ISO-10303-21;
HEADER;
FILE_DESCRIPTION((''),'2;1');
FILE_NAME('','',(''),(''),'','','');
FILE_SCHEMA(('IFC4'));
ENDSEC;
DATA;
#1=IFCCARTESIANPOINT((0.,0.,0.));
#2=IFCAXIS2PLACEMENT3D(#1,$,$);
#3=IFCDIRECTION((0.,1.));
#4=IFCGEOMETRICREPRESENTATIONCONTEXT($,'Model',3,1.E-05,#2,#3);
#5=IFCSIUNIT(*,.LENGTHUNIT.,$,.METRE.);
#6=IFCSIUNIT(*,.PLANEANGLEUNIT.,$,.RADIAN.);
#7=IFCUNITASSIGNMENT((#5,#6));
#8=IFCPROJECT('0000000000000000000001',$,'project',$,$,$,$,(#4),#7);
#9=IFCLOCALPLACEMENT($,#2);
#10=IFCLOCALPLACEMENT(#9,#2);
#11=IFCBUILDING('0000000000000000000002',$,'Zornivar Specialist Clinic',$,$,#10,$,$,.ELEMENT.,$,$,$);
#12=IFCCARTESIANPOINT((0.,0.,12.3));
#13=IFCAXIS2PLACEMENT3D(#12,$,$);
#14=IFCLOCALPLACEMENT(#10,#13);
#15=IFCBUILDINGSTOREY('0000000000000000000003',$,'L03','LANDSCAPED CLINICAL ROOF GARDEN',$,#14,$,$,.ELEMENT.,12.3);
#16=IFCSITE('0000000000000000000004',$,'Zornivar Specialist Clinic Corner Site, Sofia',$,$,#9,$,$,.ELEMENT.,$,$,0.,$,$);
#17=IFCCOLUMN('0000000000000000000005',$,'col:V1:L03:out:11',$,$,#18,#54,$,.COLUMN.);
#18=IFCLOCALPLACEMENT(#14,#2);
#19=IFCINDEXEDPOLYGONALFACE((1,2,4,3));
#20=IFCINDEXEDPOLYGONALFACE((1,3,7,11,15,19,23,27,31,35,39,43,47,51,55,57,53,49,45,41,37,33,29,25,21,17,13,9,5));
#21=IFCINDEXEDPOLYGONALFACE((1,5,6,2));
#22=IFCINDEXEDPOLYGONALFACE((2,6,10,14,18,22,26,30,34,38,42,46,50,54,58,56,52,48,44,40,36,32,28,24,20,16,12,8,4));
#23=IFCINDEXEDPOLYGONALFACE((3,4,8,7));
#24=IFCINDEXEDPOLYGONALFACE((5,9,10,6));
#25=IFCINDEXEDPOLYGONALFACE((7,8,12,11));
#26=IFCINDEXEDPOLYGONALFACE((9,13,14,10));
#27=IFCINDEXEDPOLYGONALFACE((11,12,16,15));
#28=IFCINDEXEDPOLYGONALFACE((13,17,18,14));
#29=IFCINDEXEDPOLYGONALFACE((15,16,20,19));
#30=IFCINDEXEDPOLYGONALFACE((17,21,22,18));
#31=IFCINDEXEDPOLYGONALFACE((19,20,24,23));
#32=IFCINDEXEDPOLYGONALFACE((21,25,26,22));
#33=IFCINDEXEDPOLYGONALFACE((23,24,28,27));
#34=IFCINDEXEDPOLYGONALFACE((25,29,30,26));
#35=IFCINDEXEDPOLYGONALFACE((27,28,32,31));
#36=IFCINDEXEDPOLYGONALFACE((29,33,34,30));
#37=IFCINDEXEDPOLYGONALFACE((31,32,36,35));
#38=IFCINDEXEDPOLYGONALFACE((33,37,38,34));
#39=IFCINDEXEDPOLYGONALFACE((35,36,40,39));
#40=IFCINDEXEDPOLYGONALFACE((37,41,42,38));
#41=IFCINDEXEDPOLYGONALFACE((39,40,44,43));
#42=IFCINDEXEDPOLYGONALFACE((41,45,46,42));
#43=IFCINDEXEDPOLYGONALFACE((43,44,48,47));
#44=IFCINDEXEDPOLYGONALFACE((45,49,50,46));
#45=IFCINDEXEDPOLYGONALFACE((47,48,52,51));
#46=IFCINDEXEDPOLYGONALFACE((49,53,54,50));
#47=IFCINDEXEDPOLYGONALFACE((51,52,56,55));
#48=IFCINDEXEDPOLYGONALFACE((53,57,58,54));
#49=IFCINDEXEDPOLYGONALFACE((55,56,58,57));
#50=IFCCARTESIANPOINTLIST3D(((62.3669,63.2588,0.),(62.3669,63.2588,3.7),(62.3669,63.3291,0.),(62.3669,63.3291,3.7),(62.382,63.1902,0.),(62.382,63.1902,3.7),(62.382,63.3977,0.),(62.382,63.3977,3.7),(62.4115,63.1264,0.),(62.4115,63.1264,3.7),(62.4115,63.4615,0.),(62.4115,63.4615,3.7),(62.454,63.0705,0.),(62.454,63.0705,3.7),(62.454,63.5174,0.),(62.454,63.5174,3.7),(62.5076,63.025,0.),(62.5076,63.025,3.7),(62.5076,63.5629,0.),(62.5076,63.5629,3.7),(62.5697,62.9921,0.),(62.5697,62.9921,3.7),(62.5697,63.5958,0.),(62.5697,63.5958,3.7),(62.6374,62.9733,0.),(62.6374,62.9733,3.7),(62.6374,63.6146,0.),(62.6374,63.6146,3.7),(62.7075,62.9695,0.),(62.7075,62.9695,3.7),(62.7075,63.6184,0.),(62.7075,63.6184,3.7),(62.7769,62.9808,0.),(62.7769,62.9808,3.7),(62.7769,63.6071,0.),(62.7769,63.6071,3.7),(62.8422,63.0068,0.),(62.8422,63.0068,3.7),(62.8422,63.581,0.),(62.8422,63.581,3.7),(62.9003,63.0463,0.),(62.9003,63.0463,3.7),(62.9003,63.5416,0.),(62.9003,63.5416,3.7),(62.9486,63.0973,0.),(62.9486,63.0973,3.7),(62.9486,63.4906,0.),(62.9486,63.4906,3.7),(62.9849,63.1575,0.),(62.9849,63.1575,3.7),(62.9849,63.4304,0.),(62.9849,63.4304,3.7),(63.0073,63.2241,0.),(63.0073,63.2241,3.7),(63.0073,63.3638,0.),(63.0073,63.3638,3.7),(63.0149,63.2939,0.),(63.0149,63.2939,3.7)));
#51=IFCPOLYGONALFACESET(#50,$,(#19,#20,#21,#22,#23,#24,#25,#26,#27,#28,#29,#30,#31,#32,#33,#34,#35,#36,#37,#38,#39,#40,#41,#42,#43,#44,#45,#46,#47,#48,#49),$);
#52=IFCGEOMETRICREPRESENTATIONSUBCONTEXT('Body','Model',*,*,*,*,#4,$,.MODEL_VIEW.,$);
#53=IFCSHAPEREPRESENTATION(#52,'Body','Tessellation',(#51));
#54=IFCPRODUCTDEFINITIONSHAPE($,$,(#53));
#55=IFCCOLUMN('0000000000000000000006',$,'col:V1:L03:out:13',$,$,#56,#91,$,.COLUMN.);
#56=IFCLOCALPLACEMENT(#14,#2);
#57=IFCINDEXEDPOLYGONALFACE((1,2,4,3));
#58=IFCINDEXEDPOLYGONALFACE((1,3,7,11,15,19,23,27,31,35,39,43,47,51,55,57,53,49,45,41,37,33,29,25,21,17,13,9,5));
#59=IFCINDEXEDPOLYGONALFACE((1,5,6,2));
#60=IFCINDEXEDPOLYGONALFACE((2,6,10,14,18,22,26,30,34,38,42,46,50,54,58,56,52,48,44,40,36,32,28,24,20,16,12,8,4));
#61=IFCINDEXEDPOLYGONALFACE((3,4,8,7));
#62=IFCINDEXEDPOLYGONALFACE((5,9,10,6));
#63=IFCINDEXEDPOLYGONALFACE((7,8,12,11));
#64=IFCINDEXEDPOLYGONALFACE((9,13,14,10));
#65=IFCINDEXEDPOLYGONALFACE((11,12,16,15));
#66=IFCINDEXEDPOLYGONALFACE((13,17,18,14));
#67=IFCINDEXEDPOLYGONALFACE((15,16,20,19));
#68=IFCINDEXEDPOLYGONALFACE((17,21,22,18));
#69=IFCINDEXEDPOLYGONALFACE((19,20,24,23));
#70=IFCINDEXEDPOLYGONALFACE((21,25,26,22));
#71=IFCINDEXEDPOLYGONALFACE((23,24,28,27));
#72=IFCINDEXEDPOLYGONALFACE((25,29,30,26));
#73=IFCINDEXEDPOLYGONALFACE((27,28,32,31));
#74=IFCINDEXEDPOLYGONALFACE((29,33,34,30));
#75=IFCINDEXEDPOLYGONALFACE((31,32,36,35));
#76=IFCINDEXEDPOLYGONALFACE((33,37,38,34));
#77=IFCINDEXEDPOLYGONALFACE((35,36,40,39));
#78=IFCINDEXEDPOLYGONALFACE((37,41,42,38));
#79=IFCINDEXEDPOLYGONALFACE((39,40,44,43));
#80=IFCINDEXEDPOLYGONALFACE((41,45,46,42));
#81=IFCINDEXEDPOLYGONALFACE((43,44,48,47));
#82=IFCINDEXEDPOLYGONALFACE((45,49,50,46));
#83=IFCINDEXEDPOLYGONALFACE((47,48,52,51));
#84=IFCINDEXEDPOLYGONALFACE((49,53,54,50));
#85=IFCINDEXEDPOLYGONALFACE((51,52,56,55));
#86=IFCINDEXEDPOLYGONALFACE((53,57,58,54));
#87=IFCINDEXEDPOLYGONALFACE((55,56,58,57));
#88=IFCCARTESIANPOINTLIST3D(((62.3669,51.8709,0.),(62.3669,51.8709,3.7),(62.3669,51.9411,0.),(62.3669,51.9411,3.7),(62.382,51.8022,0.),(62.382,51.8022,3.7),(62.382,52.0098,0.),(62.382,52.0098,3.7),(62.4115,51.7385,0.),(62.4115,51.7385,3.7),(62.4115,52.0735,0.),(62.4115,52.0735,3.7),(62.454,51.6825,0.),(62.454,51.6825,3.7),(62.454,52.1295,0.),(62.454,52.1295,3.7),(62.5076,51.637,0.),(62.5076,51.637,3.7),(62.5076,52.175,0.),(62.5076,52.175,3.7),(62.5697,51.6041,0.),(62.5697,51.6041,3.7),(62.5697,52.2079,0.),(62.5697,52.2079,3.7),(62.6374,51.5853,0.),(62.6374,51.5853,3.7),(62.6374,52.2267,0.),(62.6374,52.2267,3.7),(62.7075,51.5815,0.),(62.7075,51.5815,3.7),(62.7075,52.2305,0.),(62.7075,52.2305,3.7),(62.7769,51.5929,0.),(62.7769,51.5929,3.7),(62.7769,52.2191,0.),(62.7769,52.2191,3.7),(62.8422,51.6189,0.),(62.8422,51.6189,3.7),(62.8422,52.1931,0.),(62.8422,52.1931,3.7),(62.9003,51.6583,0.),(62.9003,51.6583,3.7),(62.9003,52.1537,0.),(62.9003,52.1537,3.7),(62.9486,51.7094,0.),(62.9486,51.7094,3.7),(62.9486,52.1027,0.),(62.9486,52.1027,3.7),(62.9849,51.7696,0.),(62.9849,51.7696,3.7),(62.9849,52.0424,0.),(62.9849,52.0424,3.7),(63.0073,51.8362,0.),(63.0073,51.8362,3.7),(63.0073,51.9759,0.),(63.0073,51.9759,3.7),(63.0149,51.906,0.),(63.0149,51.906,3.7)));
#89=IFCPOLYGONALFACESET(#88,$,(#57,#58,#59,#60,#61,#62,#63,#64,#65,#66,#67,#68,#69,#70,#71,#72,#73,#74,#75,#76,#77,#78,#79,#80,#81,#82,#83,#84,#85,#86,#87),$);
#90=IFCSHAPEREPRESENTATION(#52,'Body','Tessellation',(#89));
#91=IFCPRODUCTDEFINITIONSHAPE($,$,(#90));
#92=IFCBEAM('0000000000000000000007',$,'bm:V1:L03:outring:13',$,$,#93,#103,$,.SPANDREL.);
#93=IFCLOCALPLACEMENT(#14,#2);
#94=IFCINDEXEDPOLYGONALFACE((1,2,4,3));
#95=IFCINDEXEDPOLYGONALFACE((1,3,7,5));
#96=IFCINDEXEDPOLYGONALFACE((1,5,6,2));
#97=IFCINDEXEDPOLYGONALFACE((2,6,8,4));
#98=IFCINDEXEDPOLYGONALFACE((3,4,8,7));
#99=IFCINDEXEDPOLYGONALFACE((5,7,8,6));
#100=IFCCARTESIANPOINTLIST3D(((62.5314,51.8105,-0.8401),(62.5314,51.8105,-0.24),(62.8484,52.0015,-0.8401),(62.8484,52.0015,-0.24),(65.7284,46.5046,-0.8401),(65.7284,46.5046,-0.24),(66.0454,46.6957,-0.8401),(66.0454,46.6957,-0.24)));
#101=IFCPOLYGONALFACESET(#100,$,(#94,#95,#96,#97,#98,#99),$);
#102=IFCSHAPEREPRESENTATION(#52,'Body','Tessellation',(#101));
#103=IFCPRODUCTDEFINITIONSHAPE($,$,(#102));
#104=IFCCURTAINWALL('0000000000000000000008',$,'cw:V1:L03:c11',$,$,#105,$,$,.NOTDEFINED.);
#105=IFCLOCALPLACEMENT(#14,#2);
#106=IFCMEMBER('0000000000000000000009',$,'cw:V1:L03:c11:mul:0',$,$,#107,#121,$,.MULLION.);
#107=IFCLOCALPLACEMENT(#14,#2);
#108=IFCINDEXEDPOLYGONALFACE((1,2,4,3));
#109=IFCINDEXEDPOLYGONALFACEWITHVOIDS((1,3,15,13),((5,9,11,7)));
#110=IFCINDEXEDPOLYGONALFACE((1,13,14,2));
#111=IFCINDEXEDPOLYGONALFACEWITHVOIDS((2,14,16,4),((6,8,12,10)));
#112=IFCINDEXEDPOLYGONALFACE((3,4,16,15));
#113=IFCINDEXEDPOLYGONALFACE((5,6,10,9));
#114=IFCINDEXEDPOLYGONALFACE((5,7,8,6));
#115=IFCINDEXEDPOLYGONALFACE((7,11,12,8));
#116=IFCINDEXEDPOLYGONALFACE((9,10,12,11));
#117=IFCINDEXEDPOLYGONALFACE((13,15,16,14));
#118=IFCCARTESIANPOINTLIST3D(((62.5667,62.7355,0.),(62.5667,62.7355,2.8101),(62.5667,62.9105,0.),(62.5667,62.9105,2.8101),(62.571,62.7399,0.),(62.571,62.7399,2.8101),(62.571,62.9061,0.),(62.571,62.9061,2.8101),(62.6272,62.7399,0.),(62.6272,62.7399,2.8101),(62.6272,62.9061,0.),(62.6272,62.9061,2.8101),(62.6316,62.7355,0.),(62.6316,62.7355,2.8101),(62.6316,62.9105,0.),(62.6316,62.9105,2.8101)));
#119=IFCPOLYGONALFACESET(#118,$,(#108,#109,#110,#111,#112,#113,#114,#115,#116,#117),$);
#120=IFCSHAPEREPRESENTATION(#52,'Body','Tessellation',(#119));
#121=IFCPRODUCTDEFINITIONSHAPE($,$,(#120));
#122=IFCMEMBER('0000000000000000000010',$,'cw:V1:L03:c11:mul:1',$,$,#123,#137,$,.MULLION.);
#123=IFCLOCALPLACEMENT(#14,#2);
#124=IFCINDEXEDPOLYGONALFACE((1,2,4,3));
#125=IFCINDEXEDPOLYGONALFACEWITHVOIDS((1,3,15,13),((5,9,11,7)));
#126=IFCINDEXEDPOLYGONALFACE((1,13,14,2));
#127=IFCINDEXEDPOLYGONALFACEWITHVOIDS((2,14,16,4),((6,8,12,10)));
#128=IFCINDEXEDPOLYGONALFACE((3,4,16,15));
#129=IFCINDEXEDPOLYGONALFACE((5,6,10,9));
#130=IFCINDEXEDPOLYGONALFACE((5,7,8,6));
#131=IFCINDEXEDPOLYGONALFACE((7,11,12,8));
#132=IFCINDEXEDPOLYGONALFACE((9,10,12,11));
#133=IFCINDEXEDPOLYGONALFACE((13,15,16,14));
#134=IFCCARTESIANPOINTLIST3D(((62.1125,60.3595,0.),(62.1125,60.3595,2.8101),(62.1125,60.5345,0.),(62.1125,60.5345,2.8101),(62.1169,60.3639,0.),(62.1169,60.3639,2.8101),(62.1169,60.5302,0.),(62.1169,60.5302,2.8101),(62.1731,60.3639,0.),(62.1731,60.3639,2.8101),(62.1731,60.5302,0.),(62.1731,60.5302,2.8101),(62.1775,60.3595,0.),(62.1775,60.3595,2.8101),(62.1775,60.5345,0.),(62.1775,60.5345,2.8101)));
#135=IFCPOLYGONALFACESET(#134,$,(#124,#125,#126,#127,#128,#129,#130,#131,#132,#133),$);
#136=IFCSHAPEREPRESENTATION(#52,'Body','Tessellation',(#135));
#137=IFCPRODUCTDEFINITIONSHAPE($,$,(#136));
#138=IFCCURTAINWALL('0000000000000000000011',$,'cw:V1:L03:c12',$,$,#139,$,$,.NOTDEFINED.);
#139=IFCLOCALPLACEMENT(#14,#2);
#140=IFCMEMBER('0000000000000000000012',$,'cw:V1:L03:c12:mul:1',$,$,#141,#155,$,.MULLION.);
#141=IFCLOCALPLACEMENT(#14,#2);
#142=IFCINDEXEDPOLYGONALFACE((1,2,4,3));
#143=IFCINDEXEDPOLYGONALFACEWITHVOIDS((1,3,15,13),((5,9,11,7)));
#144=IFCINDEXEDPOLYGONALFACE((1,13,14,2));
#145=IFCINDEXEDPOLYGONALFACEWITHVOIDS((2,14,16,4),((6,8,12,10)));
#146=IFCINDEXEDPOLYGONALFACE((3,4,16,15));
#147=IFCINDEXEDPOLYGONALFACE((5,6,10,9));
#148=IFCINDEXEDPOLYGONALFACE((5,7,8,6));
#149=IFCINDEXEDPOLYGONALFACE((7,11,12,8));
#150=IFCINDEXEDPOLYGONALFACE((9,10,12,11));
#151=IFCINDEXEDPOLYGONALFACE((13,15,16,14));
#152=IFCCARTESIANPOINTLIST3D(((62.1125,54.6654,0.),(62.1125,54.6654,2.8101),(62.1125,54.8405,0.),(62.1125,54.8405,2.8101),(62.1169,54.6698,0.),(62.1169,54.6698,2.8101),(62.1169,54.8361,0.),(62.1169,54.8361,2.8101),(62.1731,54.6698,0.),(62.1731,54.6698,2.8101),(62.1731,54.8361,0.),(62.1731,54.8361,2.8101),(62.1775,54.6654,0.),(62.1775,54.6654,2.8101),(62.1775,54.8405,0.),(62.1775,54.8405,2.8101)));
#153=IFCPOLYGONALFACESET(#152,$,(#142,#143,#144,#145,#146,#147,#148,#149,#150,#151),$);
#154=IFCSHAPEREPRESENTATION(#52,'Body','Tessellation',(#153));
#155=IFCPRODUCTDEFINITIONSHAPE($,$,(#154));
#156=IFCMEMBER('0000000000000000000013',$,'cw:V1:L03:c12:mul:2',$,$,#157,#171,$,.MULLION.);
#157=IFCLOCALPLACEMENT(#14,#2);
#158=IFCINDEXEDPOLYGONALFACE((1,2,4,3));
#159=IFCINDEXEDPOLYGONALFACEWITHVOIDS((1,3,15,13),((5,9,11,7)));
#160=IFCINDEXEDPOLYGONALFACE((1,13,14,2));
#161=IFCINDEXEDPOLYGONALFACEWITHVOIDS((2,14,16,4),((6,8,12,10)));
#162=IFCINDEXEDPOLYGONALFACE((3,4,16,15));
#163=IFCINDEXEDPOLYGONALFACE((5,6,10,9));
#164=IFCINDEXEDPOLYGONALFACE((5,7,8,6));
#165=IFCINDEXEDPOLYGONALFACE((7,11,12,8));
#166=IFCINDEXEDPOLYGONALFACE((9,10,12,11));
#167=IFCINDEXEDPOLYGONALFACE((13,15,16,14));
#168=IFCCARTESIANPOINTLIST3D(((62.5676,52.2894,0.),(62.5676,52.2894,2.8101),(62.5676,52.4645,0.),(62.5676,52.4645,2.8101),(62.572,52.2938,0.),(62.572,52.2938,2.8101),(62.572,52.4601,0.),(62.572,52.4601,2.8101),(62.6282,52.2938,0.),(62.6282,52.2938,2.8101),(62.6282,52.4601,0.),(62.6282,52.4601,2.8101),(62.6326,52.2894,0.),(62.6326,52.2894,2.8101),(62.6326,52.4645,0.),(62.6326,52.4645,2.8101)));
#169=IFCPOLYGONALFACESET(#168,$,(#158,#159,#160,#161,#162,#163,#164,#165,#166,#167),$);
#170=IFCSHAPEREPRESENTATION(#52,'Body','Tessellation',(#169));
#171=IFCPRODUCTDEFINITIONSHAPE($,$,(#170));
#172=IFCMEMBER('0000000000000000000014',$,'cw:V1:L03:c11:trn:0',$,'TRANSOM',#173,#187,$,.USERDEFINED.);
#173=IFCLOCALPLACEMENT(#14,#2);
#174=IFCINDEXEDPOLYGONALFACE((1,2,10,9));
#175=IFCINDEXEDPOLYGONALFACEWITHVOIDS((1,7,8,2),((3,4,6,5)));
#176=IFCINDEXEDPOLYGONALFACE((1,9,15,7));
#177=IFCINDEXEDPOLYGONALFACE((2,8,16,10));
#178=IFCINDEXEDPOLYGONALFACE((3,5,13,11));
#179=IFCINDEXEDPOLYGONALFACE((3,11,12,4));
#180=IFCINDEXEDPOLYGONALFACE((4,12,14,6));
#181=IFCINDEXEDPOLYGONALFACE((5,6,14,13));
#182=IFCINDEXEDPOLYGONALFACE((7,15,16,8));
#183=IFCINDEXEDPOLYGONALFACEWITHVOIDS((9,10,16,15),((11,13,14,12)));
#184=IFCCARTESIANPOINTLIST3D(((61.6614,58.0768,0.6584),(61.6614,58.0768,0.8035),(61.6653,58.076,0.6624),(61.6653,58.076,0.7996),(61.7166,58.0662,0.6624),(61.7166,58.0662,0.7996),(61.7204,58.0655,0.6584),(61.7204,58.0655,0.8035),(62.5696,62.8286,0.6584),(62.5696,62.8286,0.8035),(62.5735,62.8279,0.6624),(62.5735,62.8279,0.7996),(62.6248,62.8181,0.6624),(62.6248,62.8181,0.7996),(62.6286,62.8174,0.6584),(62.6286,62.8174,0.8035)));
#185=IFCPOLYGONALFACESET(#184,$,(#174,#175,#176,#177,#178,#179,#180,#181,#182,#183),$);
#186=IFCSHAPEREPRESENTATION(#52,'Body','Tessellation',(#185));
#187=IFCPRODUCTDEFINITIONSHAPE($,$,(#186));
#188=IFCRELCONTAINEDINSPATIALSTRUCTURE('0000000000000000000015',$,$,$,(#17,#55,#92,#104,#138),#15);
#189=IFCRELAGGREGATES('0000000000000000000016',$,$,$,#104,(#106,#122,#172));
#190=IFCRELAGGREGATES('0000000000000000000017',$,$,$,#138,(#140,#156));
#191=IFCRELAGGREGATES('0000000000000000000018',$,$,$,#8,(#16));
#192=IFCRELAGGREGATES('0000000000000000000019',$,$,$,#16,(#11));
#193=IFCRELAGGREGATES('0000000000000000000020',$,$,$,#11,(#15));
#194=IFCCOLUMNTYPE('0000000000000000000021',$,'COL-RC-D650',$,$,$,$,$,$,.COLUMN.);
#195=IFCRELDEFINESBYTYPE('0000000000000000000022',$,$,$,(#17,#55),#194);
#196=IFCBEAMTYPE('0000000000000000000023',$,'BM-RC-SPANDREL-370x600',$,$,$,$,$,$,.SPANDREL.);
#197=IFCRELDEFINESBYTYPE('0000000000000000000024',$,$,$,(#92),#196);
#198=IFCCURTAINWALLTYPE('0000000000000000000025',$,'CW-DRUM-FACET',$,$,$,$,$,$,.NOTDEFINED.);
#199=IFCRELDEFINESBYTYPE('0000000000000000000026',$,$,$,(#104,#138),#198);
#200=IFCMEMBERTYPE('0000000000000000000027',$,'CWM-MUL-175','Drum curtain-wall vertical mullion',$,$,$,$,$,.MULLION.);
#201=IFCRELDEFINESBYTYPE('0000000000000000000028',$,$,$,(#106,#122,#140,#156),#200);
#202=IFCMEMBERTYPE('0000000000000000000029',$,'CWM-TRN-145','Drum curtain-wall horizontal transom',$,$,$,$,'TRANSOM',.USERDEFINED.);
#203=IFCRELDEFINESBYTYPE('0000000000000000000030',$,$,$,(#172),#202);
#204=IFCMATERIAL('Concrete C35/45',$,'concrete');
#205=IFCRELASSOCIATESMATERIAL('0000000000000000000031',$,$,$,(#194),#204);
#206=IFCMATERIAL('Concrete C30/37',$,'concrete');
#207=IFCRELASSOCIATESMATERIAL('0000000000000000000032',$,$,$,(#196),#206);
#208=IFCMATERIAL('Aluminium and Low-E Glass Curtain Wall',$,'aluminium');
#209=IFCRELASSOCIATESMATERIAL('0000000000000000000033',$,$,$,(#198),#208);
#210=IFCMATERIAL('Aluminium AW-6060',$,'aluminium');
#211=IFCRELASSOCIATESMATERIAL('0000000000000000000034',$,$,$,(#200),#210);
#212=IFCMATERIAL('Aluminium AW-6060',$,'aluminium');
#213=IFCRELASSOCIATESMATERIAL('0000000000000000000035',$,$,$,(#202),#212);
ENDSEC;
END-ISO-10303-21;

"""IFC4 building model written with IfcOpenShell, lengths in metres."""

from ifc_helpers import new_model, si_unit, direction, frame, origin, origin_2d, place, context, subcontext, project, spatial, rectangle, hollow_rectangle, circle, extrude, material, material_profile, profile_set, type_object, element, aggregate, save


model = new_model("IFC4")

# Units and contexts
model_context = context("Model", 3, precision=1e-05, world=origin(), true_north=direction((0.0, 1.0)))
body_context = subcontext(model_context, "Body", "Model", "MODEL_VIEW")
ifc_project = project(units=[si_unit("LENGTHUNIT", "METRE"), si_unit("PLANEANGLEUNIT", "RADIAN")], contexts=[model_context])

# Site, building, storey
site_placement = place(None, origin())
site = spatial("IfcSite", under=ifc_project, at=site_placement, Name="Zornivar Specialist Clinic Corner Site, Sofia", CompositionType="ELEMENT", RefElevation=0.0)
building_placement = place(site_placement, origin())
building = spatial("IfcBuilding", under=site, at=building_placement, Name="Zornivar Specialist Clinic", CompositionType="ELEMENT")
storey_placement = place(building_placement, frame((0.0, 0.0, 12.3)))
storey = spatial("IfcBuildingStorey", under=building, at=storey_placement, Name="L03", Description="LANDSCAPED CLINICAL ROOF GARDEN", CompositionType="ELEMENT", Elevation=12.3)

# Columns
ifc_material_1 = material(Name="Concrete C35/45", Category="concrete")
ifc_material_profile_1 = material_profile(ifc_material_1, circle(Radius=0.325, at=origin_2d()), Name="RC D650")
ifc_profile_set_1 = profile_set([ifc_material_profile_1], Name="Concrete C35/45")
column_type = type_object("IfcColumnType", Name="COL-RC-D650", PredefinedType="COLUMN", material=ifc_profile_set_1)
for number, where, z_axis, x_axis, name in (
    (1, (62.6899, 63.2939, 0.0), (0.0, 0.0, 1.0), (1.0, 0.0, 0.0), "col:V1:L03:out:11"),
    (2, (62.6899, 51.906, 0.0), (0.0, 0.0, 1.0), (1.0, 0.0, 0.0), "col:V1:L03:out:13"),
):
    element("IfcColumn", number, at=place(storey_placement, frame(where, z_axis=z_axis, x_axis=x_axis)), inside=storey, type_object=column_type, Name=name, PredefinedType="COLUMN", context=body_context, shape_type="SweptSolid", body=[
        extrude(circle(Radius=0.325, at=origin_2d()), origin(), (0.0, 0.0, 1.0), 3.7),
    ])

# Beam
ifc_material_2 = material(Name="Concrete C30/37", Category="concrete")
ifc_material_profile_2 = material_profile(ifc_material_2, rectangle(XDim=0.3701, YDim=0.6001, at=origin_2d()), Name="RC 370x600")
ifc_profile_set_2 = profile_set([ifc_material_profile_2], Name="Concrete C30/37")
beam_type = type_object("IfcBeamType", Name="BM-RC-SPANDREL-370x600", PredefinedType="SPANDREL", material=ifc_profile_set_2)
beam_placement = place(storey_placement, frame((62.6899, 51.906, -0.54), z_axis=(0.516095, -0.856532, 0.0), x_axis=(0.856532, 0.516095, 0.0)))
element("IfcBeam", 3, at=beam_placement, inside=storey, type_object=beam_type, Name="bm:V1:L03:outring:13", PredefinedType="SPANDREL", context=body_context, shape_type="SweptSolid", body=[
    extrude(rectangle(XDim=0.3701, YDim=0.6001, at=origin_2d()), origin(), (0.0, 0.0, 1.0), 6.1946),
])

# Curtain walls, members
ifc_material_3 = material(Name="Aluminium and Low-E Glass Curtain Wall", Category="aluminium")
curtain_wall_type = type_object("IfcCurtainWallType", Name="CW-DRUM-FACET", PredefinedType="NOTDEFINED", material=ifc_material_3)
curtain_wall_1_placement = place(storey_placement, origin())
curtain_wall_1 = element("IfcCurtainWall", 4, at=curtain_wall_1_placement, inside=storey, type_object=curtain_wall_type, Name="cw:V1:L03:c11", PredefinedType="NOTDEFINED")
ifc_material_4 = material(Name="Aluminium AW-6060", Category="aluminium")
ifc_material_profile_3 = material_profile(ifc_material_4, hollow_rectangle(XDim=0.0649, YDim=0.175, WallThickness=0.0044, at=origin_2d()), Name="ALU 65x175x4.5")
ifc_profile_set_3 = profile_set([ifc_material_profile_3], Name="Aluminium AW-6060")
member_type_1 = type_object("IfcMemberType", Name="CWM-MUL-175", Description="Drum curtain-wall vertical mullion", PredefinedType="MULLION", material=ifc_profile_set_3)
member_1_placement = place(storey_placement, frame((62.5991, 62.823, 0.0), z_axis=(0.0, 0.0, 1.0), x_axis=(1.0, 0.0, 0.0)))
member_1 = element("IfcMember", 5, at=member_1_placement, type_object=member_type_1, Name="cw:V1:L03:c11:mul:0", PredefinedType="MULLION", context=body_context, shape_type="SweptSolid", body=[
    extrude(hollow_rectangle(XDim=0.0649, YDim=0.175, WallThickness=0.0044, at=origin_2d()), origin(), (0.0, 0.0, 1.0), 2.8101),
])
member_2_placement = place(storey_placement, frame((62.145, 60.447, 0.0), z_axis=(0.0, 0.0, 1.0), x_axis=(1.0, 0.0, 0.0)))
member_2 = element("IfcMember", 6, at=member_2_placement, type_object=member_type_1, Name="cw:V1:L03:c11:mul:1", PredefinedType="MULLION", context=body_context, shape_type="SweptSolid", body=[
    extrude(hollow_rectangle(XDim=0.0649, YDim=0.175, WallThickness=0.0044, at=origin_2d()), origin(), (0.0, 0.0, 1.0), 2.8101),
])
curtain_wall_2_placement = place(storey_placement, origin())
curtain_wall_2 = element("IfcCurtainWall", 7, at=curtain_wall_2_placement, inside=storey, type_object=curtain_wall_type, Name="cw:V1:L03:c12", PredefinedType="NOTDEFINED")
member_3_placement = place(storey_placement, frame((62.145, 54.7529, 0.0), z_axis=(0.0, 0.0, 1.0), x_axis=(1.0, 0.0, 0.0)))
member_3 = element("IfcMember", 8, at=member_3_placement, type_object=member_type_1, Name="cw:V1:L03:c12:mul:1", PredefinedType="MULLION", context=body_context, shape_type="SweptSolid", body=[
    extrude(hollow_rectangle(XDim=0.0649, YDim=0.175, WallThickness=0.0044, at=origin_2d()), origin(), (0.0, 0.0, 1.0), 2.8101),
])
member_4_placement = place(storey_placement, frame((62.6001, 52.377, 0.0), z_axis=(0.0, 0.0, 1.0), x_axis=(1.0, 0.0, 0.0)))
member_4 = element("IfcMember", 9, at=member_4_placement, type_object=member_type_1, Name="cw:V1:L03:c12:mul:2", PredefinedType="MULLION", context=body_context, shape_type="SweptSolid", body=[
    extrude(hollow_rectangle(XDim=0.0649, YDim=0.175, WallThickness=0.0044, at=origin_2d()), origin(), (0.0, 0.0, 1.0), 2.8101),
])

# Member
ifc_material_5 = material(Name="Aluminium AW-6060", Category="aluminium")
ifc_material_profile_4 = material_profile(ifc_material_5, hollow_rectangle(XDim=0.0601, YDim=0.145, WallThickness=0.0039, at=origin_2d()), Name="ALU 60x145x4")
ifc_profile_set_4 = profile_set([ifc_material_profile_4], Name="Aluminium AW-6060")
member_type_2 = type_object("IfcMemberType", Name="CWM-TRN-145", Description="Drum curtain-wall horizontal transom", ElementType="TRANSOM", PredefinedType="USERDEFINED", material=ifc_profile_set_4)
member_5_placement = place(storey_placement, frame((62.5991, 62.823, 0.731), z_axis=(-0.187724, -0.982222, 0.0), x_axis=(0.982222, -0.187724, 0.0)))
member_5 = element("IfcMember", 10, at=member_5_placement, type_object=member_type_2, Name="cw:V1:L03:c11:trn:0", ObjectType="TRANSOM", PredefinedType="USERDEFINED", context=body_context, shape_type="SweptSolid", body=[
    extrude(hollow_rectangle(XDim=0.0601, YDim=0.145, WallThickness=0.0039, at=origin_2d()), origin(), (0.0, 0.0, 1.0), 4.8379),
])

aggregate(curtain_wall_1, [member_1, member_2, member_5])
aggregate(curtain_wall_2, [member_3, member_4])

save(model, "model.ifc")
